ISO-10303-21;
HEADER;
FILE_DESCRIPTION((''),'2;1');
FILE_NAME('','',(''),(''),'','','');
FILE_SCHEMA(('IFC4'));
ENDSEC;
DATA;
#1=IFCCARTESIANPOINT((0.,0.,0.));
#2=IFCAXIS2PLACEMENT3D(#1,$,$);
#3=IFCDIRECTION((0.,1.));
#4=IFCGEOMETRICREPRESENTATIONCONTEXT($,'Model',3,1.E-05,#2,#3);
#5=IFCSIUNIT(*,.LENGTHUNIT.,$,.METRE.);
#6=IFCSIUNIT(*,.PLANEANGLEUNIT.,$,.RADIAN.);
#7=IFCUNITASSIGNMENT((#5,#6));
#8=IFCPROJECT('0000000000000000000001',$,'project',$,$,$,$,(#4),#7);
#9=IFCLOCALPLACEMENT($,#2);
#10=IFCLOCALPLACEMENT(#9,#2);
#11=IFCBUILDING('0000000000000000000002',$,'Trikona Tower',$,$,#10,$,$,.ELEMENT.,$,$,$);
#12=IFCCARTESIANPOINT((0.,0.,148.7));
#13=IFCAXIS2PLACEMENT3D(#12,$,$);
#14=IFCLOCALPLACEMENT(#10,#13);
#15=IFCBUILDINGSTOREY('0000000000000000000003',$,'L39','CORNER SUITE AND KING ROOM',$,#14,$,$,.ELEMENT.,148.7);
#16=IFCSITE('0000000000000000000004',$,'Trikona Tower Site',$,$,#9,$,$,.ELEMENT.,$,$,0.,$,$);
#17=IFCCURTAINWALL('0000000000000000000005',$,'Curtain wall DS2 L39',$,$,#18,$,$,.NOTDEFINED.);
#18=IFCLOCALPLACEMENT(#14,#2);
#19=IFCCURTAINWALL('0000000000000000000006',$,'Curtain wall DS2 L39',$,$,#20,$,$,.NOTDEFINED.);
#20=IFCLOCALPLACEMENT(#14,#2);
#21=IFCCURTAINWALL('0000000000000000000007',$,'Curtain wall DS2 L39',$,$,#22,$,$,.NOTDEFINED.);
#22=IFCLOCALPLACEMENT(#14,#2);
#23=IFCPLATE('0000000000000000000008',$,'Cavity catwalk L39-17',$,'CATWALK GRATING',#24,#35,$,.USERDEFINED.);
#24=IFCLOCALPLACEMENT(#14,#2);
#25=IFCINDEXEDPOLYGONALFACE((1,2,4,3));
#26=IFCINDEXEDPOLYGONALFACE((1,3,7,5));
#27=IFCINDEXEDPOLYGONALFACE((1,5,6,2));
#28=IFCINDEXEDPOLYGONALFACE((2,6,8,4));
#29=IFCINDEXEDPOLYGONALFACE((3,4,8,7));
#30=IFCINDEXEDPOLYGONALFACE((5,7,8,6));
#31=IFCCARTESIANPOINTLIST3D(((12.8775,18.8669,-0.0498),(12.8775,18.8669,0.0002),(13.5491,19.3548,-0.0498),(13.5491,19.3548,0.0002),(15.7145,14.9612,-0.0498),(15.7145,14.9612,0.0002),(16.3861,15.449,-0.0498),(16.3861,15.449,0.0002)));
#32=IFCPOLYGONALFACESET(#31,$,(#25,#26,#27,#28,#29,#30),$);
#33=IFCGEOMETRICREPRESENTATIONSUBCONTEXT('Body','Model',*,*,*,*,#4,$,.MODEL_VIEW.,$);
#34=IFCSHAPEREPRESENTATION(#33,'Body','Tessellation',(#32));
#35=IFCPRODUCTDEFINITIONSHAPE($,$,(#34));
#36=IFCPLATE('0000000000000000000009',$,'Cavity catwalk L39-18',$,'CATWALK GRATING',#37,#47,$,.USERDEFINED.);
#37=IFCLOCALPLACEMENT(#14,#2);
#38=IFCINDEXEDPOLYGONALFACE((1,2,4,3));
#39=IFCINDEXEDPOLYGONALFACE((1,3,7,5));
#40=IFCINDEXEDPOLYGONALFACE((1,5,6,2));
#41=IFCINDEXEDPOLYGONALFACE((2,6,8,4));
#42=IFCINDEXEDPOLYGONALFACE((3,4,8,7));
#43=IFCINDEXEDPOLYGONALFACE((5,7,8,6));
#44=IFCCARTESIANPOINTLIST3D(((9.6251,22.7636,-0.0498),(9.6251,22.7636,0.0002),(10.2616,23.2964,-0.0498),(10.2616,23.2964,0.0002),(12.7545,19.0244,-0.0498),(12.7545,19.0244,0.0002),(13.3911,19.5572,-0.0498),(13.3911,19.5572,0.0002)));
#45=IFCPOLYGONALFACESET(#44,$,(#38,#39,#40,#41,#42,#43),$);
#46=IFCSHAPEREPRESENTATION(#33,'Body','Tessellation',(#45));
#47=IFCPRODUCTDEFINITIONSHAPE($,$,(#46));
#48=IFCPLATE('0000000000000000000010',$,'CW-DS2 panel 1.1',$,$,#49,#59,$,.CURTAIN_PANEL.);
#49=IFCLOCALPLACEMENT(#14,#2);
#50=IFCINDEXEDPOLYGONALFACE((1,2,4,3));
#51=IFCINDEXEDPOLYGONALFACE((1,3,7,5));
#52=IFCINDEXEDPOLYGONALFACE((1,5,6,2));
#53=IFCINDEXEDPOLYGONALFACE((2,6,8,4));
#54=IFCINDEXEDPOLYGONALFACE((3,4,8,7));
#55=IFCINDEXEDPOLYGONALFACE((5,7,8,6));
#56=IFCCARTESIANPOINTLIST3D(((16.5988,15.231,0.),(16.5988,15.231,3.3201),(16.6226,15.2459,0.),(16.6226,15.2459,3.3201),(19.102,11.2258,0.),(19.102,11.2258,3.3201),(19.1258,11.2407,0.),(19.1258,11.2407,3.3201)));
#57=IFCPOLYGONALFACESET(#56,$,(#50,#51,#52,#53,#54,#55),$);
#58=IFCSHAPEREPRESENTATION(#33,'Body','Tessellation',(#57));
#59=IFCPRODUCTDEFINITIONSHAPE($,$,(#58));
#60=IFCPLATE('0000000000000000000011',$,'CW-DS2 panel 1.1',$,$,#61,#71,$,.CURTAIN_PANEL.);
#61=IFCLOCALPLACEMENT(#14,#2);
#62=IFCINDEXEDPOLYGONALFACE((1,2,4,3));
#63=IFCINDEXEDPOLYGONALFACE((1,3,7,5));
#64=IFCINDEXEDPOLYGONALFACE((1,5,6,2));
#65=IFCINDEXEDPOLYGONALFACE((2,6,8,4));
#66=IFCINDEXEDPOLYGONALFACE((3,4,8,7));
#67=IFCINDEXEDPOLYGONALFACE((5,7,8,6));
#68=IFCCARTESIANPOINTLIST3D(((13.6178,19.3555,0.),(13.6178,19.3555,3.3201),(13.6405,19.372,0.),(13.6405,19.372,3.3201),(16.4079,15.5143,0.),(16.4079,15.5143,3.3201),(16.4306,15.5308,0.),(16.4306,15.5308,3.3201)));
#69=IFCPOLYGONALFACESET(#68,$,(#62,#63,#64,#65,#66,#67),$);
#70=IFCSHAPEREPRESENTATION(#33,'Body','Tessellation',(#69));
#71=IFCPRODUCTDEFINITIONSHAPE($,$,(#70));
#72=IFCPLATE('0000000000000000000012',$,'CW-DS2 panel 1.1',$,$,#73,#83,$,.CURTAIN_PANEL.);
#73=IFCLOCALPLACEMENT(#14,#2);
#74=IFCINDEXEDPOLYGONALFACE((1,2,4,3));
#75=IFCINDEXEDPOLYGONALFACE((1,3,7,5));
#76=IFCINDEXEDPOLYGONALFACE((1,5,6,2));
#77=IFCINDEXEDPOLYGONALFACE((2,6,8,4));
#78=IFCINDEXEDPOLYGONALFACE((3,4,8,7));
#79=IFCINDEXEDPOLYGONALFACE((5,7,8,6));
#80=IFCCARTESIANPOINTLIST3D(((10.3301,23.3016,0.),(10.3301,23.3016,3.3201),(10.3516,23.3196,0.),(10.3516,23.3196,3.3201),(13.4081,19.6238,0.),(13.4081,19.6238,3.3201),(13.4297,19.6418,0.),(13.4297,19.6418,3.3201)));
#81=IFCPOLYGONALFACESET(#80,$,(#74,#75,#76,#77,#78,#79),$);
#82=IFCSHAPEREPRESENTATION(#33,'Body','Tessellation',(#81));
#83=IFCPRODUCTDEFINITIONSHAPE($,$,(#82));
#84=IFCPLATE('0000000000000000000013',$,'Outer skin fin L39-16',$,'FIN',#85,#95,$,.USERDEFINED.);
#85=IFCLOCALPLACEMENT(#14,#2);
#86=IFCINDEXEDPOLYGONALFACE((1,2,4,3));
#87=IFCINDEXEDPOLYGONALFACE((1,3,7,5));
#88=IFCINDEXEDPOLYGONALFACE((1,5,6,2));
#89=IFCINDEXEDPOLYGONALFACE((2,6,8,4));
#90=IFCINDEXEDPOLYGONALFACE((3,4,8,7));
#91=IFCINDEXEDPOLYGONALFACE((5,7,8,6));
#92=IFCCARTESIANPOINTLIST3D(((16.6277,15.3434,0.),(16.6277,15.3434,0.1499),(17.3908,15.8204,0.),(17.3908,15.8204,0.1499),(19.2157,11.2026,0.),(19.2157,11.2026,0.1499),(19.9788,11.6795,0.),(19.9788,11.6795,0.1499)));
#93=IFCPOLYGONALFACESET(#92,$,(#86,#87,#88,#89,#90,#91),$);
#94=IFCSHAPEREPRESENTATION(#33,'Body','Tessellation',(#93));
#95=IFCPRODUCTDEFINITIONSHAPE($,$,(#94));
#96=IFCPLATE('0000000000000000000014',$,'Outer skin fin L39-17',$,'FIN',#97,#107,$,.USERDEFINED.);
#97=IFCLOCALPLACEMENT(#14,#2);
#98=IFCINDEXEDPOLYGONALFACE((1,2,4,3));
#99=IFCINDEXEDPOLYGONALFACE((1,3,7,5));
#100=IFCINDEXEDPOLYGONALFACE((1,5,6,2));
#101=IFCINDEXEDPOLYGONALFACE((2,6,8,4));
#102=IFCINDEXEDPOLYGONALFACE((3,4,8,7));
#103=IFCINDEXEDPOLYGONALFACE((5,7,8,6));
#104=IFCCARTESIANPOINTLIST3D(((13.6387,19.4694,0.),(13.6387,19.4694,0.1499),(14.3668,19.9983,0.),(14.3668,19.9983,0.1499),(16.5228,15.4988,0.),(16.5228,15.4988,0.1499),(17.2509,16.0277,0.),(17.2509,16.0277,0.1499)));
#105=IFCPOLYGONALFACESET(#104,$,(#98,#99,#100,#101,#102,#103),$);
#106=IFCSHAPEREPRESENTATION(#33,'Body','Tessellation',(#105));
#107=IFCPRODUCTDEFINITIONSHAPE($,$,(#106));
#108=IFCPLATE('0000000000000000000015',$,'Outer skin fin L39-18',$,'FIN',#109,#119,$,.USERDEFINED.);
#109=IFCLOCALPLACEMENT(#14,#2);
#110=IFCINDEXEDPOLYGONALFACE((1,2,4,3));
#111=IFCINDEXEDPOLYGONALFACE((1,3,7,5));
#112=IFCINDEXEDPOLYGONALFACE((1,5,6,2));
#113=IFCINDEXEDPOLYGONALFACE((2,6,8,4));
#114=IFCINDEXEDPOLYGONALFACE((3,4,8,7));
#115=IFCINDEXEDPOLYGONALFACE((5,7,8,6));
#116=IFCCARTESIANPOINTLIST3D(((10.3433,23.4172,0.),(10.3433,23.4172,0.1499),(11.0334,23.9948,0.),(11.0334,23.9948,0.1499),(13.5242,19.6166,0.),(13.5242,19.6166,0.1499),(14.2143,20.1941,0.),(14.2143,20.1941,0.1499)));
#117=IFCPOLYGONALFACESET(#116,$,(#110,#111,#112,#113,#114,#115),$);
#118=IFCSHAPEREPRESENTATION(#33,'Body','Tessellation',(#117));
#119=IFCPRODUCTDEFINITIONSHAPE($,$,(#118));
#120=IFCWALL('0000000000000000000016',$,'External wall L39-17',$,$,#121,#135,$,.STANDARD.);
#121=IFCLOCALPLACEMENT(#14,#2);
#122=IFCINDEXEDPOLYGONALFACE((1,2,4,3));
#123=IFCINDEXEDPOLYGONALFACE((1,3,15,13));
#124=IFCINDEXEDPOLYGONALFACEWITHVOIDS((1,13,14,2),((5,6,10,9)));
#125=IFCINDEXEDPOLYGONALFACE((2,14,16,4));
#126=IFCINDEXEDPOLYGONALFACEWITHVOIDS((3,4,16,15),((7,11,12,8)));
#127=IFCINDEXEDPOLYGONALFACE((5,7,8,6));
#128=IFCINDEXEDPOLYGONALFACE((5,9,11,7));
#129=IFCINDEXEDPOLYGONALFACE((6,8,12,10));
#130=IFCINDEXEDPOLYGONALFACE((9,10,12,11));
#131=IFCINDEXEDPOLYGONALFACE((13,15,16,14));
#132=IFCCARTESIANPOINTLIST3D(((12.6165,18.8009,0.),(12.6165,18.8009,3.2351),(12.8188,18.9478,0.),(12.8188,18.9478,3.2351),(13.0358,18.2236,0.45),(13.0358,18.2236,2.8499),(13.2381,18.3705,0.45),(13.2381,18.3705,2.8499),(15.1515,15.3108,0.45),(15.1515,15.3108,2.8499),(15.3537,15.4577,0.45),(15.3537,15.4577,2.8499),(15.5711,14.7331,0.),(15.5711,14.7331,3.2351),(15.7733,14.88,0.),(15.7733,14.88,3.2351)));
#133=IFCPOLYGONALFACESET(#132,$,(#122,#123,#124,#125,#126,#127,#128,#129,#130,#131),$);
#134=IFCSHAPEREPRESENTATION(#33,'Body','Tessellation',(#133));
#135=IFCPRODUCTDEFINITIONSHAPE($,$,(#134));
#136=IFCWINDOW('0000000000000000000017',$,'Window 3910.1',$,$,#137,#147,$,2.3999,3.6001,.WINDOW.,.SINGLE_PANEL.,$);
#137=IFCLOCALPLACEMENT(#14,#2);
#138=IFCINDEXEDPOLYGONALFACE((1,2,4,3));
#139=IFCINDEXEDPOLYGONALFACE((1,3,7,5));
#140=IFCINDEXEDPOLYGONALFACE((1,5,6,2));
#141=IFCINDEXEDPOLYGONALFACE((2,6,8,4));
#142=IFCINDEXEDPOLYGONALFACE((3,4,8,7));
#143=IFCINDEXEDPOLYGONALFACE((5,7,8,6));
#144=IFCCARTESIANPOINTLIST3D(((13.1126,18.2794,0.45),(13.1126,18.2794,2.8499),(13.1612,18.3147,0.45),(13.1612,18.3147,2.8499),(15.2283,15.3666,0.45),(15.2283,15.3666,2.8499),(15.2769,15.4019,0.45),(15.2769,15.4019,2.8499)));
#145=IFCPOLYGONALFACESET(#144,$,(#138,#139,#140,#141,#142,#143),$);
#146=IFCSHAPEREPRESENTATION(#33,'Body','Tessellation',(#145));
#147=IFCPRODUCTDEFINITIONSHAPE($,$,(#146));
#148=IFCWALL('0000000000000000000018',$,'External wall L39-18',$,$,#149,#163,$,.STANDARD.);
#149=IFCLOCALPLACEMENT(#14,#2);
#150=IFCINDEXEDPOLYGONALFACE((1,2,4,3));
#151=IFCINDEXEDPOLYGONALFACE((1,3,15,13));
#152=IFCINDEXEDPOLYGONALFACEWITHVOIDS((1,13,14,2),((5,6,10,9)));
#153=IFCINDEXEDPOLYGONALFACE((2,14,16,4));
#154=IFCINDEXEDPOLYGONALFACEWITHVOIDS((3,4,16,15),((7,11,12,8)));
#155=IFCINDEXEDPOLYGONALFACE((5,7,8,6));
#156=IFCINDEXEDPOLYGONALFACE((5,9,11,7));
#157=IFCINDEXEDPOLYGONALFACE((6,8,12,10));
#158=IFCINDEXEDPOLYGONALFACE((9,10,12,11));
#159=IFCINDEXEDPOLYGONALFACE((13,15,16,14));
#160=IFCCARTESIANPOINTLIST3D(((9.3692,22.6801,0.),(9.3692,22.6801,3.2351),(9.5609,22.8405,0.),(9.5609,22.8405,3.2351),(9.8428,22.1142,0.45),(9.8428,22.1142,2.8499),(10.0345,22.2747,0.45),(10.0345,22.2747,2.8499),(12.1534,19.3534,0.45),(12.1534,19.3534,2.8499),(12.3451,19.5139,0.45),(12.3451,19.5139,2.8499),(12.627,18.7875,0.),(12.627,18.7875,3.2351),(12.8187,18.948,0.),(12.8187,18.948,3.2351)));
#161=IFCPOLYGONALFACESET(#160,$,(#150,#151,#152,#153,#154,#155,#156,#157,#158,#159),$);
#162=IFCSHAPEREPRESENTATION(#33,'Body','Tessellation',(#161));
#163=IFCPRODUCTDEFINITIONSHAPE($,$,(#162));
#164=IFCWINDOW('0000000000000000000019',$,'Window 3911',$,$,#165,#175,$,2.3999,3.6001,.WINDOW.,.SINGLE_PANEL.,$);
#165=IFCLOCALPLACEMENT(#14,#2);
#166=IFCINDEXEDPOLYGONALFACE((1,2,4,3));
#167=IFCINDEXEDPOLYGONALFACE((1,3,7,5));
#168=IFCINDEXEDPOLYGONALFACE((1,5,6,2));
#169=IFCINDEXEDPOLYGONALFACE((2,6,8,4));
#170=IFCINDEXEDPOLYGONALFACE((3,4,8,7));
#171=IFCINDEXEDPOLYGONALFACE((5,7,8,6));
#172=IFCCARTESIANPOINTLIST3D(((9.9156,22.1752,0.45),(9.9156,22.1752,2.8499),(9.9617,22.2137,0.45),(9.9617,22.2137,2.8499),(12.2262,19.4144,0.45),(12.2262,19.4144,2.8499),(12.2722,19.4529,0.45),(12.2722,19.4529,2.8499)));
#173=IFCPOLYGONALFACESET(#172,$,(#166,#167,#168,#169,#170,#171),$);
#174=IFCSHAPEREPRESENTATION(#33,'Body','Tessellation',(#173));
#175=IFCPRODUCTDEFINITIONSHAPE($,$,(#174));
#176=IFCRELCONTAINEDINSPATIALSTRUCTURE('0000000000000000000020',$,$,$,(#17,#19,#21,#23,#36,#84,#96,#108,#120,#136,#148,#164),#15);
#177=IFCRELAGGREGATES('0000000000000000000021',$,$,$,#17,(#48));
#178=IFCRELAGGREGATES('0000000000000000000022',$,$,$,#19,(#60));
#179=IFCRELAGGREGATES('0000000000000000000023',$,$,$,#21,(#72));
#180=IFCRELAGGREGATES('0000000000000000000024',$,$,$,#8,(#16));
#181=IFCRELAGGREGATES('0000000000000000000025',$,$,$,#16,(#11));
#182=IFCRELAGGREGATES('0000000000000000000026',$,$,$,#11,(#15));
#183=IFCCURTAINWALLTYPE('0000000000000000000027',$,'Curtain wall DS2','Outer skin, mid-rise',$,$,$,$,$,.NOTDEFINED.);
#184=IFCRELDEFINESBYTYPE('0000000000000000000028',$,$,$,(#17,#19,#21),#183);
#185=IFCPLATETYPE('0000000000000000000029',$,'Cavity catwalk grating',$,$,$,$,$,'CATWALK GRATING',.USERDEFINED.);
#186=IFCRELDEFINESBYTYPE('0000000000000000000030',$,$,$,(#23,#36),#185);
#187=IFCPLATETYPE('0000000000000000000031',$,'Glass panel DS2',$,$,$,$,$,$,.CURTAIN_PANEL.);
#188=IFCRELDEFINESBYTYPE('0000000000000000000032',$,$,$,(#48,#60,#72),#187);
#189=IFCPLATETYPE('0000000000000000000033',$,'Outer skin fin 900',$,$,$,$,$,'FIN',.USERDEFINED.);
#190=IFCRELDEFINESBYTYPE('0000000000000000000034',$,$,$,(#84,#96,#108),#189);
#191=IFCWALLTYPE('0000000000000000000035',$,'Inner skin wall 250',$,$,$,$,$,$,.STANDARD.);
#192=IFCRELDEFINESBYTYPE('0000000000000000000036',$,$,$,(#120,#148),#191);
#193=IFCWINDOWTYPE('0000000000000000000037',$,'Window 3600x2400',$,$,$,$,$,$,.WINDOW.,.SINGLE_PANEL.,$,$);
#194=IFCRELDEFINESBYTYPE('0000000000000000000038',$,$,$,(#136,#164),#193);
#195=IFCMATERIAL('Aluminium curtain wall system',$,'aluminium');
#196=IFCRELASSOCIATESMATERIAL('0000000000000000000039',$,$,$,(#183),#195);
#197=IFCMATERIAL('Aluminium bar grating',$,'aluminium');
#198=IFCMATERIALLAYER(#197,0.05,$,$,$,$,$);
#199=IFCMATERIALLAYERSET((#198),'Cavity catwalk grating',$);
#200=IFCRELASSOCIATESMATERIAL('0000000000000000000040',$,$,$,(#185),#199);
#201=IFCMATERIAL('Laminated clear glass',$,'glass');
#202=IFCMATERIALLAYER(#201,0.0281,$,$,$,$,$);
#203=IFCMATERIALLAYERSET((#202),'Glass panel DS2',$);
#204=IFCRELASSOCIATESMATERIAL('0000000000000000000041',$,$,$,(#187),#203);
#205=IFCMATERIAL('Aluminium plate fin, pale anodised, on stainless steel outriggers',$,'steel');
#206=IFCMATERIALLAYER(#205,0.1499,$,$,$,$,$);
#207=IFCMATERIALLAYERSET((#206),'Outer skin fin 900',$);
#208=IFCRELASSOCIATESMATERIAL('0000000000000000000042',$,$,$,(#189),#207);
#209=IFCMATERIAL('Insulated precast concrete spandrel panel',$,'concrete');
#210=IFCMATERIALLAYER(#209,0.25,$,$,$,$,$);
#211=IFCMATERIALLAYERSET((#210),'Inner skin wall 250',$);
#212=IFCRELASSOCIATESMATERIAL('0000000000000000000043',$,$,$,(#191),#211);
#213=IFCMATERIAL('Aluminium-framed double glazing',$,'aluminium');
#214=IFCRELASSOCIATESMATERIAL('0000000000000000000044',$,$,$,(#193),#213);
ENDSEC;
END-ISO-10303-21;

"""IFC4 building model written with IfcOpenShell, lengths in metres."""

from ifc_helpers import new_model, si_unit, direction, frame, frame_2d, origin, origin_2d, place, context, subcontext, project, spatial, rectangle, extrude, material, layer, layer_set, type_object, element, fill, aggregate, save


model = new_model("IFC4")

# Units and contexts
model_context = context("Model", 3, precision=1e-05, world=origin(), true_north=direction((0.0, 1.0)))
body_context = subcontext(model_context, "Body", "Model", "MODEL_VIEW")
ifc_project = project(units=[si_unit("LENGTHUNIT", "METRE"), si_unit("PLANEANGLEUNIT", "RADIAN")], contexts=[model_context])

# Site, building, storey
site_placement = place(None, origin())
site = spatial("IfcSite", under=ifc_project, at=site_placement, Name="Trikona Tower Site", CompositionType="ELEMENT", RefElevation=0.0)
building_placement = place(site_placement, origin())
building = spatial("IfcBuilding", under=site, at=building_placement, Name="Trikona Tower", CompositionType="ELEMENT")
storey_placement = place(building_placement, frame((0.0, 0.0, 148.7)))
storey = spatial("IfcBuildingStorey", under=building, at=storey_placement, Name="L39", Description="CORNER SUITE AND KING ROOM", CompositionType="ELEMENT", Elevation=148.7)

# Curtain wall
ifc_material_1 = material(Name="Aluminium curtain wall system", Category="aluminium")
curtain_wall_type = type_object("IfcCurtainWallType", Name="Curtain wall DS2", Description="Outer skin, mid-rise", PredefinedType="NOTDEFINED", material=ifc_material_1)
curtain_wall_1_placement = place(storey_placement, origin())
curtain_wall_1 = element("IfcCurtainWall", 1, at=curtain_wall_1_placement, inside=storey, type_object=curtain_wall_type, Name="Curtain wall DS2 L39", PredefinedType="NOTDEFINED")

# Curtain walls
curtain_wall_2_placement = place(storey_placement, origin())
curtain_wall_2 = element("IfcCurtainWall", 2, at=curtain_wall_2_placement, inside=storey, type_object=curtain_wall_type, Name="Curtain wall DS2 L39", PredefinedType="NOTDEFINED")
curtain_wall_3_placement = place(storey_placement, origin())
curtain_wall_3 = element("IfcCurtainWall", 3, at=curtain_wall_3_placement, inside=storey, type_object=curtain_wall_type, Name="Curtain wall DS2 L39", PredefinedType="NOTDEFINED")

# Plates
ifc_material_2 = material(Name="Aluminium bar grating", Category="aluminium")
ifc_layer_1 = layer(ifc_material_2, 0.05)
ifc_layer_set_1 = layer_set([ifc_layer_1], Name="Cavity catwalk grating")
plate_type_1 = type_object("IfcPlateType", Name="Cavity catwalk grating", ElementType="CATWALK GRATING", PredefinedType="USERDEFINED", material=ifc_layer_set_1)
plate_1_placement = place(storey_placement, frame((14.6318, 17.158, -0.0498), z_axis=(0.0, 0.0, 1.0), x_axis=(-0.587686, 0.809089, 0.0)))
element("IfcPlate", 4, at=plate_1_placement, inside=storey, type_object=plate_type_1, Name="Cavity catwalk L39-17", ObjectType="CATWALK GRATING", PredefinedType="USERDEFINED", context=body_context, shape_type="SweptSolid", body=[
    extrude(rectangle(XDim=4.8274, YDim=0.8301, at=origin_2d()), origin(), (0.0, 0.0, 1.0), 0.05),
])
plate_2_placement = place(storey_placement, frame((11.5081, 21.1604, -0.0498), z_axis=(0.0, 0.0, 1.0), x_axis=(-0.641807, 0.766866, 0.0)))
element("IfcPlate", 5, at=plate_2_placement, inside=storey, type_object=plate_type_1, Name="Cavity catwalk L39-18", ObjectType="CATWALK GRATING", PredefinedType="USERDEFINED", context=body_context, shape_type="SweptSolid", body=[
    extrude(rectangle(XDim=4.876, YDim=0.8301, at=origin_2d()), origin(), (0.0, 0.0, 1.0), 0.05),
])

# Plates
ifc_material_3 = material(Name="Laminated clear glass", Category="glass")
ifc_layer_2 = layer(ifc_material_3, 0.0281)
ifc_layer_set_2 = layer_set([ifc_layer_2], Name="Glass panel DS2")
plate_type_2 = type_object("IfcPlateType", Name="Glass panel DS2", PredefinedType="CURTAIN_PANEL", material=ifc_layer_set_2)
plate_3_placement = place(storey_placement, frame((17.8623, 13.2358, 0.0), z_axis=(0.0, 0.0, 1.0), x_axis=(-0.529999, 0.847998, 0.0)))
plate_3 = element("IfcPlate", 6, at=plate_3_placement, type_object=plate_type_2, Name="CW-DS2 panel 1.1", PredefinedType="CURTAIN_PANEL", context=body_context, shape_type="SweptSolid", body=[
    extrude(rectangle(XDim=4.7231, YDim=0.0281, at=origin_2d()), origin(), (0.0, 0.0, 1.0), 3.3201),
])
aggregate(curtain_wall_1, [plate_3])
plate_4_placement = place(storey_placement, frame((15.0242, 17.4431, 0.0), z_axis=(0.0, 0.0, 1.0), x_axis=(-0.587691, 0.809086, 0.0)))
plate_4 = element("IfcPlate", 7, at=plate_4_placement, type_object=plate_type_2, Name="CW-DS2 panel 1.1", PredefinedType="CURTAIN_PANEL", context=body_context, shape_type="SweptSolid", body=[
    extrude(rectangle(XDim=4.7476, YDim=0.0281, at=origin_2d()), origin(), (0.0, 0.0, 1.0), 3.3201),
])
aggregate(curtain_wall_2, [plate_4])
plate_5_placement = place(storey_placement, frame((11.8799, 21.4717, 0.0), z_axis=(0.0, 0.0, 1.0), x_axis=(-0.641806, 0.766867, 0.0)))
plate_5 = element("IfcPlate", 8, at=plate_5_placement, type_object=plate_type_2, Name="CW-DS2 panel 1.1", PredefinedType="CURTAIN_PANEL", context=body_context, shape_type="SweptSolid", body=[
    extrude(rectangle(XDim=4.7959, YDim=0.0281, at=origin_2d()), origin(), (0.0, 0.0, 1.0), 3.3201),
])
aggregate(curtain_wall_3, [plate_5])

# Plates
ifc_material_4 = material(Name="Aluminium plate fin, pale anodised, on stainless steel outriggers", Category="steel")
ifc_layer_3 = layer(ifc_material_4, 0.1499)
ifc_layer_set_3 = layer_set([ifc_layer_3], Name="Outer skin fin 900")
plate_type_3 = type_object("IfcPlateType", Name="Outer skin fin 900", ElementType="FIN", PredefinedType="USERDEFINED", material=ifc_layer_set_3)
plate_6_placement = place(storey_placement, frame((18.3032, 13.5115, 0.0), z_axis=(0.0, 0.0, 1.0), x_axis=(-0.529995, 0.848001, 0.0)))
element("IfcPlate", 9, at=plate_6_placement, inside=storey, type_object=plate_type_3, Name="Outer skin fin L39-16", ObjectType="FIN", PredefinedType="USERDEFINED", context=body_context, shape_type="SweptSolid", body=[
    extrude(rectangle(XDim=4.8831, YDim=0.8999, at=origin_2d()), origin(), (0.0, 0.0, 1.0), 0.1499),
])
plate_7_placement = place(storey_placement, frame((15.4448, 17.7485, 0.0), z_axis=(0.0, 0.0, 1.0), x_axis=(-0.587686, 0.809089, 0.0)))
element("IfcPlate", 10, at=plate_7_placement, inside=storey, type_object=plate_type_3, Name="Outer skin fin L39-17", ObjectType="FIN", PredefinedType="USERDEFINED", context=body_context, shape_type="SweptSolid", body=[
    extrude(rectangle(XDim=4.9075, YDim=0.8999, at=origin_2d()), origin(), (0.0, 0.0, 1.0), 0.1499),
])
plate_8_placement = place(storey_placement, frame((12.2788, 21.8057, 0.0), z_axis=(0.0, 0.0, 1.0), x_axis=(-0.641807, 0.766866, 0.0)))
element("IfcPlate", 11, at=plate_8_placement, inside=storey, type_object=plate_type_3, Name="Outer skin fin L39-18", ObjectType="FIN", PredefinedType="USERDEFINED", context=body_context, shape_type="SweptSolid", body=[
    extrude(rectangle(XDim=4.9561, YDim=0.8999, at=origin_2d()), origin(), (0.0, 0.0, 1.0), 0.1499),
])

# Walls, openings, windows
ifc_material_5 = material(Name="Insulated precast concrete spandrel panel", Category="concrete")
ifc_layer_4 = layer(ifc_material_5, 0.25)
ifc_layer_set_4 = layer_set([ifc_layer_4], Name="Inner skin wall 250")
wall_type = type_object("IfcWallType", Name="Inner skin wall 250", PredefinedType="STANDARD", material=ifc_layer_set_4)
wall_1_placement = place(storey_placement, frame((15.6721, 14.8066, 0.0), z_axis=(0.0, 0.0, 1.0), x_axis=(-0.587669, 0.809101, 0.0)))
wall_1 = element("IfcWall", 12, at=wall_1_placement, inside=storey, type_object=wall_type, Name="External wall L39-17", PredefinedType="STANDARD", context=body_context, shape_type="SweptSolid", body=[
    extrude(rectangle(XDim=5.0276, YDim=0.25, at=frame_2d((2.5137, 0.0))), origin(), (0.0, 0.0, 1.0), 3.2351),
])
opening_1_placement = place(wall_1_placement, frame((0.7139, 0.0, 0.45)))
opening_1 = element("IfcOpeningElement", 13, at=opening_1_placement, cuts=wall_1, PredefinedType="OPENING", context=body_context, shape_type="SweptSolid", body=[
    extrude(rectangle(XDim=3.6001, YDim=2.3999, at=frame_2d((1.8, 1.2))), frame((0.0, 0.135, 0.0), z_axis=(0.0, -1.0, 0.0), x_axis=(1.0, 0.0, 0.0)), (0.0, 0.0, 1.0), 0.27),
])
ifc_material_6 = material(Name="Aluminium-framed double glazing", Category="aluminium")
window_type = type_object("IfcWindowType", Name="Window 3600x2400", PartitioningType="SINGLE_PANEL", PredefinedType="WINDOW", material=ifc_material_6)
window_1_placement = place(opening_1_placement, origin())
window_1 = element("IfcWindow", 14, at=window_1_placement, inside=storey, type_object=window_type, Name="Window 3910.1", OverallHeight=2.3999, OverallWidth=3.6001, PartitioningType="SINGLE_PANEL", PredefinedType="WINDOW", context=body_context, shape_type="SweptSolid", body=[
    extrude(rectangle(XDim=3.6001, YDim=2.3999, at=frame_2d((1.8, 1.2))), frame((0.0, 0.03, 0.0), z_axis=(0.0, -1.0, 0.0), x_axis=(1.0, 0.0, 0.0)), (0.0, 0.0, 1.0), 0.0601),
])
fill(opening_1, window_1)
wall_2_placement = place(storey_placement, frame((12.7229, 18.8677, 0.0), z_axis=(0.0, 0.0, 1.0), x_axis=(-0.64181, 0.766863, 0.0)))
wall_2 = element("IfcWall", 15, at=wall_2_placement, inside=storey, type_object=wall_type, Name="External wall L39-18", PredefinedType="STANDARD", context=body_context, shape_type="SweptSolid", body=[
    extrude(rectangle(XDim=5.0759, YDim=0.25, at=frame_2d((2.5381, 0.0))), origin(), (0.0, 0.0, 1.0), 3.2351),
])
opening_2_placement = place(wall_2_placement, frame((0.738, 0.0, 0.45)))
opening_2 = element("IfcOpeningElement", 16, at=opening_2_placement, cuts=wall_2, PredefinedType="OPENING", context=body_context, shape_type="SweptSolid", body=[
    extrude(rectangle(XDim=3.6001, YDim=2.3999, at=frame_2d((1.8, 1.2))), frame((0.0, 0.135, 0.0), z_axis=(0.0, -1.0, 0.0), x_axis=(1.0, 0.0, 0.0)), (0.0, 0.0, 1.0), 0.27),
])
window_2_placement = place(opening_2_placement, origin())
window_2 = element("IfcWindow", 17, at=window_2_placement, inside=storey, type_object=window_type, Name="Window 3911", OverallHeight=2.3999, OverallWidth=3.6001, PartitioningType="SINGLE_PANEL", PredefinedType="WINDOW", context=body_context, shape_type="SweptSolid", body=[
    extrude(rectangle(XDim=3.6001, YDim=2.3999, at=frame_2d((1.8, 1.2))), frame((0.0, 0.03, 0.0), z_axis=(0.0, -1.0, 0.0), x_axis=(1.0, 0.0, 0.0)), (0.0, 0.0, 1.0), 0.0601),
])
fill(opening_2, window_2)

save(model, "model.ifc")
